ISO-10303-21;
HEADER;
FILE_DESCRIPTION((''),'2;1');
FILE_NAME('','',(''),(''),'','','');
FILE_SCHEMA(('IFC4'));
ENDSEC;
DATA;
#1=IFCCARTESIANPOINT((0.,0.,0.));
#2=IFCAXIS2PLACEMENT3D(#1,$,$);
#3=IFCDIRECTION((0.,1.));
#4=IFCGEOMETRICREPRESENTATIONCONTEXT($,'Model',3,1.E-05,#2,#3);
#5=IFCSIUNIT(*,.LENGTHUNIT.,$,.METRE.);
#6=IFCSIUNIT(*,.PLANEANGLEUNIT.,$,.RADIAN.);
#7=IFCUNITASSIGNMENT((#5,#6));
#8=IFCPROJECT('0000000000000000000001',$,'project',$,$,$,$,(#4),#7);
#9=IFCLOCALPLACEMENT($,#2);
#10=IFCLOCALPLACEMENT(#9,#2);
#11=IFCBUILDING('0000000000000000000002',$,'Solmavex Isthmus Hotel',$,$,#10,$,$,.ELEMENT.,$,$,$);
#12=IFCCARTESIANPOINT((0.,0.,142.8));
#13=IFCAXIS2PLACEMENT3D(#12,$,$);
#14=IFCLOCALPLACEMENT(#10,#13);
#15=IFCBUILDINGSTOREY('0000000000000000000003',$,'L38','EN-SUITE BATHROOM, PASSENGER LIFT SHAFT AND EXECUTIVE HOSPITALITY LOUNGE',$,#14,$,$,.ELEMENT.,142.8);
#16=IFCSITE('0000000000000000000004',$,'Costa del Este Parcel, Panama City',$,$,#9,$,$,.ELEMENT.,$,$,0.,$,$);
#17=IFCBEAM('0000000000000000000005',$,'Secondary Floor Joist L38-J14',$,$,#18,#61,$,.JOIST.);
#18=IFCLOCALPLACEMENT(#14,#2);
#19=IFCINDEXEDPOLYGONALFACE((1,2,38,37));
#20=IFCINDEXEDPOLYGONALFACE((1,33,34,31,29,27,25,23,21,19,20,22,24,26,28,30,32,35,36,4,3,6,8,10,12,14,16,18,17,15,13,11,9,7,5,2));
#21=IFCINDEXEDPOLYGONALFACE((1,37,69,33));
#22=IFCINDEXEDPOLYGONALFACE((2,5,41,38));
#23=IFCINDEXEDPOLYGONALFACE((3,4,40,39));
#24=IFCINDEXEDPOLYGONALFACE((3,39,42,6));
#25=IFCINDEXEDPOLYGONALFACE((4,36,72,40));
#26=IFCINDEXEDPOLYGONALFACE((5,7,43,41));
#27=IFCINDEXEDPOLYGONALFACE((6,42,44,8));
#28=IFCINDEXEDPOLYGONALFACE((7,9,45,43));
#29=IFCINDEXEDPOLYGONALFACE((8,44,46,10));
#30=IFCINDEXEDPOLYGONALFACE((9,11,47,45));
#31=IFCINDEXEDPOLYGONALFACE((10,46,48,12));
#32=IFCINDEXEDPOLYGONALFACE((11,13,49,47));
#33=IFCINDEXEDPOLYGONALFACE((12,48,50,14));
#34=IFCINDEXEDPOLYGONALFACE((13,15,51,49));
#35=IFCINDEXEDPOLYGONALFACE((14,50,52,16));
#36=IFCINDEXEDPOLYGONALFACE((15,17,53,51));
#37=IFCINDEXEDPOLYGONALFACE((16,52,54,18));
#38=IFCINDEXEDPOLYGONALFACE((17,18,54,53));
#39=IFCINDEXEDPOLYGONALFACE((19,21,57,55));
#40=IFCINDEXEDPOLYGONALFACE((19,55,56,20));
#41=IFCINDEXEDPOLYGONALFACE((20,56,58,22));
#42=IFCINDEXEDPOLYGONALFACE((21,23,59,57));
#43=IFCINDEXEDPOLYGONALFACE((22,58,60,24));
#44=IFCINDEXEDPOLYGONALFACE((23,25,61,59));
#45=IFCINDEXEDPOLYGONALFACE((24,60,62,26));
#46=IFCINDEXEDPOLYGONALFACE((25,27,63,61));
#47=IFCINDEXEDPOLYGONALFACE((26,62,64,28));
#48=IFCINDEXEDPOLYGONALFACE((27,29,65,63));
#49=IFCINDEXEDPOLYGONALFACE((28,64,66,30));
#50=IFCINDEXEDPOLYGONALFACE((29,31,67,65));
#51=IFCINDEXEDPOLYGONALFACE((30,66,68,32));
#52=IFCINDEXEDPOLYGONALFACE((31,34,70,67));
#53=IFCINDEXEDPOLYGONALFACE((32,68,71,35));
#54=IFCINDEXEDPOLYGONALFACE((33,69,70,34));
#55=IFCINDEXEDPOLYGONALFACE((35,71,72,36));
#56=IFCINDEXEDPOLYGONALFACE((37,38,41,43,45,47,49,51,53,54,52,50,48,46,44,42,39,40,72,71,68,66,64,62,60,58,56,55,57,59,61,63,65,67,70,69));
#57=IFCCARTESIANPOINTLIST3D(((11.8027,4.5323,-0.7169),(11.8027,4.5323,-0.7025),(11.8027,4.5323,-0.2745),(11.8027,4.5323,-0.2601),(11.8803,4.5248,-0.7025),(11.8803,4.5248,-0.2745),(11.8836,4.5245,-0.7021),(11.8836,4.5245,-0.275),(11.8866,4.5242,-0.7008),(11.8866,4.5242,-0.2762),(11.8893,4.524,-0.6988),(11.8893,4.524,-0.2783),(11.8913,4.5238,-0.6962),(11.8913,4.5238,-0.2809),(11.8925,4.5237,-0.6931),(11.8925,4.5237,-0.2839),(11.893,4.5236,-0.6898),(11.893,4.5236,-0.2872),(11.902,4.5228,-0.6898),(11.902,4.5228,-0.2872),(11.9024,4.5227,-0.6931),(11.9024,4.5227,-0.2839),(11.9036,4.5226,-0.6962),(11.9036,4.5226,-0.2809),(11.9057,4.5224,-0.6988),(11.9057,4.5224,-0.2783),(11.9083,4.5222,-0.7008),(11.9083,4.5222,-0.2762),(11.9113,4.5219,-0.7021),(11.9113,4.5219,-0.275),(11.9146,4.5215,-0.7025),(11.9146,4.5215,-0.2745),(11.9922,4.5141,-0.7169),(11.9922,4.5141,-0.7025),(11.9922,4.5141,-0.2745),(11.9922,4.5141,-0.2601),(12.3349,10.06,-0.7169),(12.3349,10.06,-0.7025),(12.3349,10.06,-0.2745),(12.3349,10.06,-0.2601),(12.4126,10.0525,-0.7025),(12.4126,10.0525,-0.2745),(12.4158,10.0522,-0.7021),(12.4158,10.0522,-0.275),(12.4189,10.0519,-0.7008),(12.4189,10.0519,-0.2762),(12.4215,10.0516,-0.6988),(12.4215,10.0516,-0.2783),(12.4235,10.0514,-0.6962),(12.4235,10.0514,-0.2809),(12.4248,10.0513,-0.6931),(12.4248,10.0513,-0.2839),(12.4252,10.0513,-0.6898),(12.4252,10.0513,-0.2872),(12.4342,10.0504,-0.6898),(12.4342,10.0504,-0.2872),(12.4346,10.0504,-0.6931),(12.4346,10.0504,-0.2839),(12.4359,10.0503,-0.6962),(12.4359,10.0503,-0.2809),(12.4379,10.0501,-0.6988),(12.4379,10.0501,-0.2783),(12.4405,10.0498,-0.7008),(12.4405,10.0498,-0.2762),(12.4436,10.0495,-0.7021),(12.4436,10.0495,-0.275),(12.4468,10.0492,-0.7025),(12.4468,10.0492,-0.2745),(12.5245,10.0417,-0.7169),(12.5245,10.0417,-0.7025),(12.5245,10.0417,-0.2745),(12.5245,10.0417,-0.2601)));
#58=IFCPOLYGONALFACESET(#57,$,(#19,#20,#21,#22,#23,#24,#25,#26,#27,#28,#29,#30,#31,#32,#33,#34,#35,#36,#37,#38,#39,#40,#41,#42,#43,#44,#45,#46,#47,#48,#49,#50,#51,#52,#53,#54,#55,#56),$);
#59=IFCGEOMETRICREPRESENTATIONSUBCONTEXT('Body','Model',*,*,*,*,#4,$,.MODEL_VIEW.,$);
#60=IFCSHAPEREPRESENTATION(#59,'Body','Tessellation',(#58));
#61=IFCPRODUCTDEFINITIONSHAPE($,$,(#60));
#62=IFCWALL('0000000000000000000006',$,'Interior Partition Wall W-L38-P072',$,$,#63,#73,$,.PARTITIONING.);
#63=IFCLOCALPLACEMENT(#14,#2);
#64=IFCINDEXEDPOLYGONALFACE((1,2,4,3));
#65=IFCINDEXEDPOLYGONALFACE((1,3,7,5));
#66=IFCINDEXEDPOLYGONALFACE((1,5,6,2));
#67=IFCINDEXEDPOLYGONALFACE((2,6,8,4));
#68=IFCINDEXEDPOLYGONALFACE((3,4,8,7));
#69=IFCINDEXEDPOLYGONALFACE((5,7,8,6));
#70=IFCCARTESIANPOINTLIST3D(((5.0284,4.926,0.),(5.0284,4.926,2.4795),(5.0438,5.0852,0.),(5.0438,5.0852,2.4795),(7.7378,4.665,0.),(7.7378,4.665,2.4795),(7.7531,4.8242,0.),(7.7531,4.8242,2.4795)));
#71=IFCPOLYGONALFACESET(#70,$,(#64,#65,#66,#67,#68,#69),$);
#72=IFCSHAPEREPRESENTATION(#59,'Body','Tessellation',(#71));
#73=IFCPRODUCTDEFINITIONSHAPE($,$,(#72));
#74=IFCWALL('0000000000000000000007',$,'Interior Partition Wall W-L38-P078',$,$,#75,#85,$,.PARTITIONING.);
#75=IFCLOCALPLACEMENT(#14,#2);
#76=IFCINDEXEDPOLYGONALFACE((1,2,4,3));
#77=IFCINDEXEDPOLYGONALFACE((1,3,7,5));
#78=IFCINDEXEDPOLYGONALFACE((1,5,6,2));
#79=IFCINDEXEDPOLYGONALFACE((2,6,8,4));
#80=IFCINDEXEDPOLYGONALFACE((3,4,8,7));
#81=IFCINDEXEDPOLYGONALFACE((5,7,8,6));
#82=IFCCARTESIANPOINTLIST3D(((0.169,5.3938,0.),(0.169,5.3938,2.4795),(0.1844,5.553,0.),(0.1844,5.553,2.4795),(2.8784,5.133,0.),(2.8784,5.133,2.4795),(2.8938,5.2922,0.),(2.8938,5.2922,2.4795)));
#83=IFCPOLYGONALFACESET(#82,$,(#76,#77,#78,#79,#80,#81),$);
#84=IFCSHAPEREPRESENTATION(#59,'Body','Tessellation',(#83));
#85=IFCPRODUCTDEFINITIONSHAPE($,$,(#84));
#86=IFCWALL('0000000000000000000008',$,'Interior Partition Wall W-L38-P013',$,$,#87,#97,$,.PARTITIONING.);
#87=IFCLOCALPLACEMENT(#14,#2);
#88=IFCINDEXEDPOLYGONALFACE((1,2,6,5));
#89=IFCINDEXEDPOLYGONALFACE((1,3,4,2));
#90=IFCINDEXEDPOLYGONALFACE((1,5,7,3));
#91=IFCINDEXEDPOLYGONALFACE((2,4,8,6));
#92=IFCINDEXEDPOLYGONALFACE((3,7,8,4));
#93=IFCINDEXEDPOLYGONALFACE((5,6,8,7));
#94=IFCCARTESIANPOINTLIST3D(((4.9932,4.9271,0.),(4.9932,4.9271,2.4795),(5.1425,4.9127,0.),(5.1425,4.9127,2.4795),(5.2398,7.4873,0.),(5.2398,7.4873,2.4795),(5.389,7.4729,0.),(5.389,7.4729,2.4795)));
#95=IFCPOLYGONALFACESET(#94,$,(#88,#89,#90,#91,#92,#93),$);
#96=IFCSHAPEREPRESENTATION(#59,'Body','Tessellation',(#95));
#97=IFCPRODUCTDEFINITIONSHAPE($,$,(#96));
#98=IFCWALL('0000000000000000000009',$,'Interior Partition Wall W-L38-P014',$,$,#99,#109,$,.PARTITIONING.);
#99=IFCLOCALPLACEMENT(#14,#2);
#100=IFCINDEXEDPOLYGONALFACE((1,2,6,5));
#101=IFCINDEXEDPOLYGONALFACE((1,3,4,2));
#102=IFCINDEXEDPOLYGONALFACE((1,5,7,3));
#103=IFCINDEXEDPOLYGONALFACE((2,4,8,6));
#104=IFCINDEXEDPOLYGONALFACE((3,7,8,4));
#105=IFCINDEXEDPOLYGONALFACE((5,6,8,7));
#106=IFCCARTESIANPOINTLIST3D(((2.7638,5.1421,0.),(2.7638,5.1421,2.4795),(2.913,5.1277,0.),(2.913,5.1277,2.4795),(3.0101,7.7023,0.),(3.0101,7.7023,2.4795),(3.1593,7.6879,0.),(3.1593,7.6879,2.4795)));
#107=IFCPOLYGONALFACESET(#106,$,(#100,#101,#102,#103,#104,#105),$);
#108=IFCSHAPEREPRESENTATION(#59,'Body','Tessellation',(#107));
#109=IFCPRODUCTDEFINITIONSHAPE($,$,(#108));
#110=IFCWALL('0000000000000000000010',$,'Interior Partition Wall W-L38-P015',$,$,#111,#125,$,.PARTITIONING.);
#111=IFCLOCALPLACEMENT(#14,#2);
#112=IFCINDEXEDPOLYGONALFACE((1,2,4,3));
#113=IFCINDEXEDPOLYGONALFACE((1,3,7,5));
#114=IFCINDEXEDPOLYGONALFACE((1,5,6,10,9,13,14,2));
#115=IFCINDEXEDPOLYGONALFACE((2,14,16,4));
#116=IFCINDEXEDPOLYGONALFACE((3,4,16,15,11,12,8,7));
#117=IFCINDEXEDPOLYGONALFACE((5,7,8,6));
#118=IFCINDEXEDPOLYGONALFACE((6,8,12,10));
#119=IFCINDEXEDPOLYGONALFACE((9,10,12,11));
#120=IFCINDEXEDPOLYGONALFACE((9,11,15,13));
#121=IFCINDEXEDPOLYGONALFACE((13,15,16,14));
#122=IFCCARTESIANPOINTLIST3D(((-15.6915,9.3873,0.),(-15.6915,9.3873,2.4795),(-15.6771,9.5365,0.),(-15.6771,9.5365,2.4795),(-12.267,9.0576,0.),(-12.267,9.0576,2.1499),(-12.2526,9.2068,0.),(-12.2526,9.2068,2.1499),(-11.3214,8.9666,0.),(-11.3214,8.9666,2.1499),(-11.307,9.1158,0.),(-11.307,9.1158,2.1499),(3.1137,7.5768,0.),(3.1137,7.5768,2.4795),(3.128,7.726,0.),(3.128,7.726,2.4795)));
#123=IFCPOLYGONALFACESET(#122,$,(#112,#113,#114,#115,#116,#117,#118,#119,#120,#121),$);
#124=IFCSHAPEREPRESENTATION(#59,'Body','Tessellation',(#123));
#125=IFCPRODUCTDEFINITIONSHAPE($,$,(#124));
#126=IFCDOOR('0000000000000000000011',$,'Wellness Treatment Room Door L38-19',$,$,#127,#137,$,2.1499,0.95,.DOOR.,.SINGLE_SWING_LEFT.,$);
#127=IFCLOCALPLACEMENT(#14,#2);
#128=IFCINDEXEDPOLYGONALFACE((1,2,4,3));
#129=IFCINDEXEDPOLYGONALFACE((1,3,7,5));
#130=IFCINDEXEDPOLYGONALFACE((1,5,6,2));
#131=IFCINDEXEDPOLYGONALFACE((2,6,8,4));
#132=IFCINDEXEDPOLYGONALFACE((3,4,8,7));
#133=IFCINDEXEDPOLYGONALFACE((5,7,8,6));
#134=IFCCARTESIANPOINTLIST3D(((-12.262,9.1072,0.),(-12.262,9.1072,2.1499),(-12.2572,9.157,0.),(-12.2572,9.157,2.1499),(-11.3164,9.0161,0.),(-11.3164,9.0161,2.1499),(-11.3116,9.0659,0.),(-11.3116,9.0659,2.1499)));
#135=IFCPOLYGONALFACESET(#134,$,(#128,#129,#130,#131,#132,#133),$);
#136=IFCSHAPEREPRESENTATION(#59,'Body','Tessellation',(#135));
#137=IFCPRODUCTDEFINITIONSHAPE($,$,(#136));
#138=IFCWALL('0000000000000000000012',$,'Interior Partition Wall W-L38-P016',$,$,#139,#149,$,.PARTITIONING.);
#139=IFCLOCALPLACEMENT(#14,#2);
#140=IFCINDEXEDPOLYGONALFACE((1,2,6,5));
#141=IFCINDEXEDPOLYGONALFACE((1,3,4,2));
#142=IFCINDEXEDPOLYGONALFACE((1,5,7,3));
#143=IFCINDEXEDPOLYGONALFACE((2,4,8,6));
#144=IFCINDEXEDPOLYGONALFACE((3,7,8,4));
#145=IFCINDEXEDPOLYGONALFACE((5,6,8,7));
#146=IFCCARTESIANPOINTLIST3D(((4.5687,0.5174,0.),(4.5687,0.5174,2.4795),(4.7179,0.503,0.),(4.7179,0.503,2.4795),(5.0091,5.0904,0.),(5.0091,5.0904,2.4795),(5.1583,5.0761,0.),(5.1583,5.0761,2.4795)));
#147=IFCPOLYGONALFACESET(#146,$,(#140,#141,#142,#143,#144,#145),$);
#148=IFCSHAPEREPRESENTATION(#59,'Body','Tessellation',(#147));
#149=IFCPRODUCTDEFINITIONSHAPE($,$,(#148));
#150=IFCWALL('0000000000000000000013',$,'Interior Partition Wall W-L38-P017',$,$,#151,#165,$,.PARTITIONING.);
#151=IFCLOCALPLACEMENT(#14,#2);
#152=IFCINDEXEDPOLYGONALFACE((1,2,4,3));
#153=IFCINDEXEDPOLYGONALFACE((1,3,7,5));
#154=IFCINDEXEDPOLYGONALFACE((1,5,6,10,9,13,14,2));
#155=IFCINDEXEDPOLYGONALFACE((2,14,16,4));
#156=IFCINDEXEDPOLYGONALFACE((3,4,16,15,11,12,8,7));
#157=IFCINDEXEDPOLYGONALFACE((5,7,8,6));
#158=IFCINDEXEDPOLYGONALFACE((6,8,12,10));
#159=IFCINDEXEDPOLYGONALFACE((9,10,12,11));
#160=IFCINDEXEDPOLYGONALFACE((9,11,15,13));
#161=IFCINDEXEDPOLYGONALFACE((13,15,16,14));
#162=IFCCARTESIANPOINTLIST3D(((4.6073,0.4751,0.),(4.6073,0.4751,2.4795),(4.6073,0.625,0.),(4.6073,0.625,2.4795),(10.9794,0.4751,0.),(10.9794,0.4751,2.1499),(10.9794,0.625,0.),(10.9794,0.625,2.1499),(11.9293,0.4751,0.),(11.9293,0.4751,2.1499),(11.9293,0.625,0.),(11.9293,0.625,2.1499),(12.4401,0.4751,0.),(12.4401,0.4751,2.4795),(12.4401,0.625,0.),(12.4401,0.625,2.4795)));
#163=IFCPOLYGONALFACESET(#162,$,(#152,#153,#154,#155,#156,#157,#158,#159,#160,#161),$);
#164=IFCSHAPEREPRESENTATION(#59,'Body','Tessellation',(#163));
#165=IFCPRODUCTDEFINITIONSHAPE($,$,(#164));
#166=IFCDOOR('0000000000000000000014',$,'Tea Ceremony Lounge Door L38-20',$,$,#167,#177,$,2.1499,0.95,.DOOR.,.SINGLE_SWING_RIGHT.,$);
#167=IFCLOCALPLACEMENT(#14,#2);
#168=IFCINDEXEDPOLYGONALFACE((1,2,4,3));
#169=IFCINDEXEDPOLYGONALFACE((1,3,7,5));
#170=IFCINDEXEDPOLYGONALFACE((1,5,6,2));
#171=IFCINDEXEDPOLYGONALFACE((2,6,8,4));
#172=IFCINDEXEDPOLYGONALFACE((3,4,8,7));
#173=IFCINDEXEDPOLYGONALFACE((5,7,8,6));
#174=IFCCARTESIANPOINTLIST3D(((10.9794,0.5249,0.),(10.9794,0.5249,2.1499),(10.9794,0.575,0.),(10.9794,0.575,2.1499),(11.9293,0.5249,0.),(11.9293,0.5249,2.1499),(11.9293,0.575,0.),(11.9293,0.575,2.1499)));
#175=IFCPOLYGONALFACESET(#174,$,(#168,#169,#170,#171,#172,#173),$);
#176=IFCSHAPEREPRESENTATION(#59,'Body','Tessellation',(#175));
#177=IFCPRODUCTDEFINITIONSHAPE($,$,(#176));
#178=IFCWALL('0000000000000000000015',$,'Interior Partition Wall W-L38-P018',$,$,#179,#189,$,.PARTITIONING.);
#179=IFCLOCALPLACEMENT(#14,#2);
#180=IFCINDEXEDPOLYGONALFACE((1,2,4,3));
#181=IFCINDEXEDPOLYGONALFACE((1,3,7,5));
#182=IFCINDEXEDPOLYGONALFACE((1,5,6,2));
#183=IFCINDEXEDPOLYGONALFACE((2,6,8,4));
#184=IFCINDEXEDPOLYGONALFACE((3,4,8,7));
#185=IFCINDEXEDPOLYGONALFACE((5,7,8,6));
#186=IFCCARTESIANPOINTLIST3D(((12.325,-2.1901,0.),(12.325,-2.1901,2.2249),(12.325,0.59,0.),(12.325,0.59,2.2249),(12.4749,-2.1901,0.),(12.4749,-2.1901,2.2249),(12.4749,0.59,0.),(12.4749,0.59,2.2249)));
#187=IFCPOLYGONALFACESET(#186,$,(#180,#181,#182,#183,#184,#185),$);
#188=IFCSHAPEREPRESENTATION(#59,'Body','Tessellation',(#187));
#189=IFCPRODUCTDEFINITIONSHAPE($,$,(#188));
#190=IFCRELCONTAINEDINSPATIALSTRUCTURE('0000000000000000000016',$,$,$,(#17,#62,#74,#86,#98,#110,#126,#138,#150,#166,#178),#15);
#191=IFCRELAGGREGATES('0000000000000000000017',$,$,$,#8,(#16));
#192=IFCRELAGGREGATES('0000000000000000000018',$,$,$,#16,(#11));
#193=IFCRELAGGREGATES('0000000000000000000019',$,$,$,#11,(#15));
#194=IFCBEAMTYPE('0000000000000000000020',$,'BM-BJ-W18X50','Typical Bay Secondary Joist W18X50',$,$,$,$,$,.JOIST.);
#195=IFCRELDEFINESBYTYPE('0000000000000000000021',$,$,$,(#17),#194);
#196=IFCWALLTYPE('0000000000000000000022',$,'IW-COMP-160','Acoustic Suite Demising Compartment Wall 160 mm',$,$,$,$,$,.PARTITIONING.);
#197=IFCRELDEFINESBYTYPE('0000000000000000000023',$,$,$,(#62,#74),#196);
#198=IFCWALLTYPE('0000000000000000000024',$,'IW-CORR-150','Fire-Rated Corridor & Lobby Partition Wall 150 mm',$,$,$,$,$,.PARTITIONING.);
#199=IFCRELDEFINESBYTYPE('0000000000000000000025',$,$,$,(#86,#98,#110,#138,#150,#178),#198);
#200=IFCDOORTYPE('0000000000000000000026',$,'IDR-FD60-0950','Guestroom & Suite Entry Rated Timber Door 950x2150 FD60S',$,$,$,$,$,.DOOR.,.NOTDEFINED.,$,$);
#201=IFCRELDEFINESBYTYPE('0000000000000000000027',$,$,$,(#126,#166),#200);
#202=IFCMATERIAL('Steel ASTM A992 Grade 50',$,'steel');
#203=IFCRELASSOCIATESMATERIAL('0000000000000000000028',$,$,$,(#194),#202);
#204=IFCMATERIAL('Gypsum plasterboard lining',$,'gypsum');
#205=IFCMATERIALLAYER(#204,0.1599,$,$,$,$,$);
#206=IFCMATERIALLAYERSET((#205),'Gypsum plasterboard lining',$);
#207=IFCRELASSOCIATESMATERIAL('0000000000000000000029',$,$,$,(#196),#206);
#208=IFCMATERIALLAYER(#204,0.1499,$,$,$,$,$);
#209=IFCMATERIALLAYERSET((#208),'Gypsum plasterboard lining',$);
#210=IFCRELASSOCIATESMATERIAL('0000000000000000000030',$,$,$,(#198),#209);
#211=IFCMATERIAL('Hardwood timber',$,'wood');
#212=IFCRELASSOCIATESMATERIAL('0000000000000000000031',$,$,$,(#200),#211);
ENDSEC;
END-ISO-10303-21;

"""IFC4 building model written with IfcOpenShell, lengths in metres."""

from ifc_helpers import new_model, si_unit, direction, frame, frame_2d, origin, origin_2d, place, context, subcontext, project, spatial, rectangle, i_section, extrude, material, layer, layer_set, material_profile, profile_set, type_object, element, fill, save


model = new_model("IFC4")

# Units and contexts
model_context = context("Model", 3, precision=1e-05, world=origin(), true_north=direction((0.0, 1.0)))
body_context = subcontext(model_context, "Body", "Model", "MODEL_VIEW")
ifc_project = project(units=[si_unit("LENGTHUNIT", "METRE"), si_unit("PLANEANGLEUNIT", "RADIAN")], contexts=[model_context])

# Site, building, storey
site_placement = place(None, origin())
site = spatial("IfcSite", under=ifc_project, at=site_placement, Name="Costa del Este Parcel, Panama City", CompositionType="ELEMENT", RefElevation=0.0)
building_placement = place(site_placement, origin())
building = spatial("IfcBuilding", under=site, at=building_placement, Name="Solmavex Isthmus Hotel", CompositionType="ELEMENT")
storey_placement = place(building_placement, frame((0.0, 0.0, 142.8)))
storey = spatial("IfcBuildingStorey", under=building, at=storey_placement, Name="L38", Description="EN-SUITE BATHROOM, PASSENGER LIFT SHAFT AND EXECUTIVE HOSPITALITY LOUNGE", CompositionType="ELEMENT", Elevation=142.8)

# Beam
ifc_material_1 = material(Name="Steel ASTM A992 Grade 50", Category="steel")
ifc_material_profile_1 = material_profile(ifc_material_1, i_section(OverallWidth=0.1904, OverallDepth=0.4568, WebThickness=0.009, FlangeThickness=0.0144, FilletRadius=0.0127, at=origin_2d()), Name="W18X50")
ifc_profile_set_1 = profile_set([ifc_material_profile_1], Name="Steel ASTM A992 Grade 50")
beam_type_1 = type_object("IfcBeamType", Name="BM-BJ-W18X50", Description="Typical Bay Secondary Joist W18X50", PredefinedType="JOIST", material=ifc_profile_set_1)
beam_1_placement = place(storey_placement, frame((11.8975, 4.5232, -0.4885), z_axis=(0.095842, 0.995397, 0.0), x_axis=(-0.995397, 0.095842, 0.0)))
element("IfcBeam", 1, at=beam_1_placement, inside=storey, type_object=beam_type_1, Name="Secondary Floor Joist L38-J14", PredefinedType="JOIST", context=body_context, shape_type="SweptSolid", body=[
    extrude(i_section(OverallWidth=0.1904, OverallDepth=0.4568, WebThickness=0.009, FlangeThickness=0.0144, FilletRadius=0.0127, at=origin_2d()), origin(), (0.0, 0.0, 1.0), 5.5532),
])

# Walls
ifc_material_2 = material(Name="Gypsum plasterboard lining", Category="gypsum")
ifc_layer_1 = layer(ifc_material_2, 0.1599)
ifc_layer_set_1 = layer_set([ifc_layer_1], Name="Gypsum plasterboard lining")
wall_type_1 = type_object("IfcWallType", Name="IW-COMP-160", Description="Acoustic Suite Demising Compartment Wall 160 mm", PredefinedType="PARTITIONING", material=ifc_layer_set_1)
for number, where, z_axis, x_axis, name in (
    (2, (7.7454, 4.7446, 0.0), (0.0, 0.0, 1.0), (-0.995393, 0.09588, 0.0), "Interior Partition Wall W-L38-P072"),
    (3, (2.886, 5.2126, 0.0), (0.0, 0.0, 1.0), (-0.995401, 0.095791, 0.0), "Interior Partition Wall W-L38-P078"),
):
    element("IfcWall", number, at=place(storey_placement, frame(where, z_axis=z_axis, x_axis=x_axis)), inside=storey, type_object=wall_type_1, Name=name, PredefinedType="PARTITIONING", context=body_context, shape_type="SweptSolid", body=[
        extrude(rectangle(XDim=2.7219, YDim=0.1599, at=frame_2d((1.3608, 0.0))), origin(), (0.0, 0.0, 1.0), 2.4795),
    ])
ifc_layer_2 = layer(ifc_material_2, 0.1499)
ifc_layer_set_2 = layer_set([ifc_layer_2], Name="Gypsum plasterboard lining")
wall_type_2 = type_object("IfcWallType", Name="IW-CORR-150", Description="Fire-Rated Corridor & Lobby Partition Wall 150 mm", PredefinedType="PARTITIONING", material=ifc_layer_set_2)
for number, where, z_axis, x_axis, name in (
    (4, (5.3145, 7.4802, 0.0), (0.0, 0.0, 1.0), (-0.095875, -0.995393, 0.0), "Interior Partition Wall W-L38-P013"),
    (5, (2.8384, 5.1348, 0.0), (0.0, 0.0, 1.0), (0.095772, 0.995403, 0.0), "Interior Partition Wall W-L38-P014"),
):
    element("IfcWall", number, at=place(storey_placement, frame(where, z_axis=z_axis, x_axis=x_axis)), inside=storey, type_object=wall_type_2, Name=name, PredefinedType="PARTITIONING", context=body_context, shape_type="SweptSolid", body=[
        extrude(rectangle(XDim=2.572, YDim=0.1499, at=frame_2d((1.2861, 0.0))), origin(), (0.0, 0.0, 1.0), 2.4795),
    ])

# Wall, opening, door
wall_1_placement = place(storey_placement, frame((3.1208, 7.6514, 0.0), z_axis=(0.0, 0.0, 1.0), x_axis=(-0.995397, 0.095836, 0.0)))
wall_1 = element("IfcWall", 6, at=wall_1_placement, inside=storey, type_object=wall_type_2, Name="Interior Partition Wall W-L38-P015", PredefinedType="PARTITIONING", context=body_context, shape_type="SweptSolid", body=[
    extrude(rectangle(XDim=18.8921, YDim=0.1499, at=frame_2d((9.446, 0.0))), origin(), (0.0, 0.0, 1.0), 2.4795),
])
opening_1_placement = place(wall_1_placement, frame((14.5017, 0.0, 0.0)))
opening_1 = element("IfcOpeningElement", 7, at=opening_1_placement, cuts=wall_1, PredefinedType="OPENING", context=body_context, shape_type="SweptSolid", body=[
    extrude(rectangle(XDim=0.95, YDim=2.1499, at=frame_2d((0.4751, 1.075))), frame((0.0, 0.085, 0.0), z_axis=(0.0, -1.0, 0.0), x_axis=(1.0, 0.0, 0.0)), (0.0, 0.0, 1.0), 0.1699),
])
ifc_material_3 = material(Name="Hardwood timber", Category="wood")
door_type = type_object("IfcDoorType", Name="IDR-FD60-0950", Description="Guestroom & Suite Entry Rated Timber Door 950x2150 FD60S", OperationType="NOTDEFINED", PredefinedType="DOOR", material=ifc_material_3)
door_1_placement = place(opening_1_placement, frame((0.95, 0.0, 0.0), z_axis=(0.0, 0.0, 1.0), x_axis=(-1.0, 0.0, 0.0)))
door_1 = element("IfcDoor", 8, at=door_1_placement, inside=storey, type_object=door_type, Name="Wellness Treatment Room Door L38-19", OperationType="SINGLE_SWING_LEFT", OverallHeight=2.1499, OverallWidth=0.95, PredefinedType="DOOR", context=body_context, shape_type="SweptSolid", body=[
    extrude(rectangle(XDim=0.95, YDim=2.1499, at=frame_2d((0.4751, 1.075))), frame((0.0, 0.0249, 0.0), z_axis=(0.0, -1.0, 0.0), x_axis=(1.0, 0.0, 0.0)), (0.0, 0.0, 1.0), 0.05),
])
fill(opening_1, door_1)

# Wall
wall_2_placement = place(storey_placement, frame((5.0837, 5.0833, 0.0), z_axis=(0.0, 0.0, 1.0), x_axis=(-0.095867, -0.995394, 0.0)))
element("IfcWall", 9, at=wall_2_placement, inside=storey, type_object=wall_type_2, Name="Interior Partition Wall W-L38-P016", PredefinedType="PARTITIONING", context=body_context, shape_type="SweptSolid", body=[
    extrude(rectangle(XDim=4.5942, YDim=0.1499, at=frame_2d((2.2971, 0.0))), origin(), (0.0, 0.0, 1.0), 2.4795),
])

# Wall, opening, door
wall_3_placement = place(storey_placement, frame((4.6072, 0.55, 0.0), z_axis=(0.0, 0.0, 1.0), x_axis=(1.0, 0.0, 0.0)))
wall_3 = element("IfcWall", 10, at=wall_3_placement, inside=storey, type_object=wall_type_2, Name="Interior Partition Wall W-L38-P017", PredefinedType="PARTITIONING", context=body_context, shape_type="SweptSolid", body=[
    extrude(rectangle(XDim=7.8328, YDim=0.1499, at=frame_2d((3.9165, 0.0))), origin(), (0.0, 0.0, 1.0), 2.4795),
])
opening_2_placement = place(wall_3_placement, frame((6.3721, 0.0, 0.0)))
opening_2 = element("IfcOpeningElement", 11, at=opening_2_placement, cuts=wall_3, PredefinedType="OPENING", context=body_context, shape_type="SweptSolid", body=[
    extrude(rectangle(XDim=0.95, YDim=2.1499, at=frame_2d((0.4751, 1.075))), frame((0.0, 0.085, 0.0), z_axis=(0.0, -1.0, 0.0), x_axis=(1.0, 0.0, 0.0)), (0.0, 0.0, 1.0), 0.1699),
])
door_2_placement = place(opening_2_placement, origin())
door_2 = element("IfcDoor", 12, at=door_2_placement, inside=storey, type_object=door_type, Name="Tea Ceremony Lounge Door L38-20", OperationType="SINGLE_SWING_RIGHT", OverallHeight=2.1499, OverallWidth=0.95, PredefinedType="DOOR", context=body_context, shape_type="SweptSolid", body=[
    extrude(rectangle(XDim=0.95, YDim=2.1499, at=frame_2d((0.4751, 1.075))), frame((0.0, 0.0249, 0.0), z_axis=(0.0, -1.0, 0.0), x_axis=(1.0, 0.0, 0.0)), (0.0, 0.0, 1.0), 0.05),
])
fill(opening_2, door_2)

# Wall
wall_4_placement = place(storey_placement, frame((12.3999, 0.5901, 0.0), z_axis=(0.0, 0.0, 1.0), x_axis=(0.0, -1.0, 0.0)))
element("IfcWall", 13, at=wall_4_placement, inside=storey, type_object=wall_type_2, Name="Interior Partition Wall W-L38-P018", PredefinedType="PARTITIONING", context=body_context, shape_type="SweptSolid", body=[
    extrude(rectangle(XDim=2.78, YDim=0.1499, at=frame_2d((1.3901, 0.0))), origin(), (0.0, 0.0, 1.0), 2.2249),
])

save(model, "model.ifc")
